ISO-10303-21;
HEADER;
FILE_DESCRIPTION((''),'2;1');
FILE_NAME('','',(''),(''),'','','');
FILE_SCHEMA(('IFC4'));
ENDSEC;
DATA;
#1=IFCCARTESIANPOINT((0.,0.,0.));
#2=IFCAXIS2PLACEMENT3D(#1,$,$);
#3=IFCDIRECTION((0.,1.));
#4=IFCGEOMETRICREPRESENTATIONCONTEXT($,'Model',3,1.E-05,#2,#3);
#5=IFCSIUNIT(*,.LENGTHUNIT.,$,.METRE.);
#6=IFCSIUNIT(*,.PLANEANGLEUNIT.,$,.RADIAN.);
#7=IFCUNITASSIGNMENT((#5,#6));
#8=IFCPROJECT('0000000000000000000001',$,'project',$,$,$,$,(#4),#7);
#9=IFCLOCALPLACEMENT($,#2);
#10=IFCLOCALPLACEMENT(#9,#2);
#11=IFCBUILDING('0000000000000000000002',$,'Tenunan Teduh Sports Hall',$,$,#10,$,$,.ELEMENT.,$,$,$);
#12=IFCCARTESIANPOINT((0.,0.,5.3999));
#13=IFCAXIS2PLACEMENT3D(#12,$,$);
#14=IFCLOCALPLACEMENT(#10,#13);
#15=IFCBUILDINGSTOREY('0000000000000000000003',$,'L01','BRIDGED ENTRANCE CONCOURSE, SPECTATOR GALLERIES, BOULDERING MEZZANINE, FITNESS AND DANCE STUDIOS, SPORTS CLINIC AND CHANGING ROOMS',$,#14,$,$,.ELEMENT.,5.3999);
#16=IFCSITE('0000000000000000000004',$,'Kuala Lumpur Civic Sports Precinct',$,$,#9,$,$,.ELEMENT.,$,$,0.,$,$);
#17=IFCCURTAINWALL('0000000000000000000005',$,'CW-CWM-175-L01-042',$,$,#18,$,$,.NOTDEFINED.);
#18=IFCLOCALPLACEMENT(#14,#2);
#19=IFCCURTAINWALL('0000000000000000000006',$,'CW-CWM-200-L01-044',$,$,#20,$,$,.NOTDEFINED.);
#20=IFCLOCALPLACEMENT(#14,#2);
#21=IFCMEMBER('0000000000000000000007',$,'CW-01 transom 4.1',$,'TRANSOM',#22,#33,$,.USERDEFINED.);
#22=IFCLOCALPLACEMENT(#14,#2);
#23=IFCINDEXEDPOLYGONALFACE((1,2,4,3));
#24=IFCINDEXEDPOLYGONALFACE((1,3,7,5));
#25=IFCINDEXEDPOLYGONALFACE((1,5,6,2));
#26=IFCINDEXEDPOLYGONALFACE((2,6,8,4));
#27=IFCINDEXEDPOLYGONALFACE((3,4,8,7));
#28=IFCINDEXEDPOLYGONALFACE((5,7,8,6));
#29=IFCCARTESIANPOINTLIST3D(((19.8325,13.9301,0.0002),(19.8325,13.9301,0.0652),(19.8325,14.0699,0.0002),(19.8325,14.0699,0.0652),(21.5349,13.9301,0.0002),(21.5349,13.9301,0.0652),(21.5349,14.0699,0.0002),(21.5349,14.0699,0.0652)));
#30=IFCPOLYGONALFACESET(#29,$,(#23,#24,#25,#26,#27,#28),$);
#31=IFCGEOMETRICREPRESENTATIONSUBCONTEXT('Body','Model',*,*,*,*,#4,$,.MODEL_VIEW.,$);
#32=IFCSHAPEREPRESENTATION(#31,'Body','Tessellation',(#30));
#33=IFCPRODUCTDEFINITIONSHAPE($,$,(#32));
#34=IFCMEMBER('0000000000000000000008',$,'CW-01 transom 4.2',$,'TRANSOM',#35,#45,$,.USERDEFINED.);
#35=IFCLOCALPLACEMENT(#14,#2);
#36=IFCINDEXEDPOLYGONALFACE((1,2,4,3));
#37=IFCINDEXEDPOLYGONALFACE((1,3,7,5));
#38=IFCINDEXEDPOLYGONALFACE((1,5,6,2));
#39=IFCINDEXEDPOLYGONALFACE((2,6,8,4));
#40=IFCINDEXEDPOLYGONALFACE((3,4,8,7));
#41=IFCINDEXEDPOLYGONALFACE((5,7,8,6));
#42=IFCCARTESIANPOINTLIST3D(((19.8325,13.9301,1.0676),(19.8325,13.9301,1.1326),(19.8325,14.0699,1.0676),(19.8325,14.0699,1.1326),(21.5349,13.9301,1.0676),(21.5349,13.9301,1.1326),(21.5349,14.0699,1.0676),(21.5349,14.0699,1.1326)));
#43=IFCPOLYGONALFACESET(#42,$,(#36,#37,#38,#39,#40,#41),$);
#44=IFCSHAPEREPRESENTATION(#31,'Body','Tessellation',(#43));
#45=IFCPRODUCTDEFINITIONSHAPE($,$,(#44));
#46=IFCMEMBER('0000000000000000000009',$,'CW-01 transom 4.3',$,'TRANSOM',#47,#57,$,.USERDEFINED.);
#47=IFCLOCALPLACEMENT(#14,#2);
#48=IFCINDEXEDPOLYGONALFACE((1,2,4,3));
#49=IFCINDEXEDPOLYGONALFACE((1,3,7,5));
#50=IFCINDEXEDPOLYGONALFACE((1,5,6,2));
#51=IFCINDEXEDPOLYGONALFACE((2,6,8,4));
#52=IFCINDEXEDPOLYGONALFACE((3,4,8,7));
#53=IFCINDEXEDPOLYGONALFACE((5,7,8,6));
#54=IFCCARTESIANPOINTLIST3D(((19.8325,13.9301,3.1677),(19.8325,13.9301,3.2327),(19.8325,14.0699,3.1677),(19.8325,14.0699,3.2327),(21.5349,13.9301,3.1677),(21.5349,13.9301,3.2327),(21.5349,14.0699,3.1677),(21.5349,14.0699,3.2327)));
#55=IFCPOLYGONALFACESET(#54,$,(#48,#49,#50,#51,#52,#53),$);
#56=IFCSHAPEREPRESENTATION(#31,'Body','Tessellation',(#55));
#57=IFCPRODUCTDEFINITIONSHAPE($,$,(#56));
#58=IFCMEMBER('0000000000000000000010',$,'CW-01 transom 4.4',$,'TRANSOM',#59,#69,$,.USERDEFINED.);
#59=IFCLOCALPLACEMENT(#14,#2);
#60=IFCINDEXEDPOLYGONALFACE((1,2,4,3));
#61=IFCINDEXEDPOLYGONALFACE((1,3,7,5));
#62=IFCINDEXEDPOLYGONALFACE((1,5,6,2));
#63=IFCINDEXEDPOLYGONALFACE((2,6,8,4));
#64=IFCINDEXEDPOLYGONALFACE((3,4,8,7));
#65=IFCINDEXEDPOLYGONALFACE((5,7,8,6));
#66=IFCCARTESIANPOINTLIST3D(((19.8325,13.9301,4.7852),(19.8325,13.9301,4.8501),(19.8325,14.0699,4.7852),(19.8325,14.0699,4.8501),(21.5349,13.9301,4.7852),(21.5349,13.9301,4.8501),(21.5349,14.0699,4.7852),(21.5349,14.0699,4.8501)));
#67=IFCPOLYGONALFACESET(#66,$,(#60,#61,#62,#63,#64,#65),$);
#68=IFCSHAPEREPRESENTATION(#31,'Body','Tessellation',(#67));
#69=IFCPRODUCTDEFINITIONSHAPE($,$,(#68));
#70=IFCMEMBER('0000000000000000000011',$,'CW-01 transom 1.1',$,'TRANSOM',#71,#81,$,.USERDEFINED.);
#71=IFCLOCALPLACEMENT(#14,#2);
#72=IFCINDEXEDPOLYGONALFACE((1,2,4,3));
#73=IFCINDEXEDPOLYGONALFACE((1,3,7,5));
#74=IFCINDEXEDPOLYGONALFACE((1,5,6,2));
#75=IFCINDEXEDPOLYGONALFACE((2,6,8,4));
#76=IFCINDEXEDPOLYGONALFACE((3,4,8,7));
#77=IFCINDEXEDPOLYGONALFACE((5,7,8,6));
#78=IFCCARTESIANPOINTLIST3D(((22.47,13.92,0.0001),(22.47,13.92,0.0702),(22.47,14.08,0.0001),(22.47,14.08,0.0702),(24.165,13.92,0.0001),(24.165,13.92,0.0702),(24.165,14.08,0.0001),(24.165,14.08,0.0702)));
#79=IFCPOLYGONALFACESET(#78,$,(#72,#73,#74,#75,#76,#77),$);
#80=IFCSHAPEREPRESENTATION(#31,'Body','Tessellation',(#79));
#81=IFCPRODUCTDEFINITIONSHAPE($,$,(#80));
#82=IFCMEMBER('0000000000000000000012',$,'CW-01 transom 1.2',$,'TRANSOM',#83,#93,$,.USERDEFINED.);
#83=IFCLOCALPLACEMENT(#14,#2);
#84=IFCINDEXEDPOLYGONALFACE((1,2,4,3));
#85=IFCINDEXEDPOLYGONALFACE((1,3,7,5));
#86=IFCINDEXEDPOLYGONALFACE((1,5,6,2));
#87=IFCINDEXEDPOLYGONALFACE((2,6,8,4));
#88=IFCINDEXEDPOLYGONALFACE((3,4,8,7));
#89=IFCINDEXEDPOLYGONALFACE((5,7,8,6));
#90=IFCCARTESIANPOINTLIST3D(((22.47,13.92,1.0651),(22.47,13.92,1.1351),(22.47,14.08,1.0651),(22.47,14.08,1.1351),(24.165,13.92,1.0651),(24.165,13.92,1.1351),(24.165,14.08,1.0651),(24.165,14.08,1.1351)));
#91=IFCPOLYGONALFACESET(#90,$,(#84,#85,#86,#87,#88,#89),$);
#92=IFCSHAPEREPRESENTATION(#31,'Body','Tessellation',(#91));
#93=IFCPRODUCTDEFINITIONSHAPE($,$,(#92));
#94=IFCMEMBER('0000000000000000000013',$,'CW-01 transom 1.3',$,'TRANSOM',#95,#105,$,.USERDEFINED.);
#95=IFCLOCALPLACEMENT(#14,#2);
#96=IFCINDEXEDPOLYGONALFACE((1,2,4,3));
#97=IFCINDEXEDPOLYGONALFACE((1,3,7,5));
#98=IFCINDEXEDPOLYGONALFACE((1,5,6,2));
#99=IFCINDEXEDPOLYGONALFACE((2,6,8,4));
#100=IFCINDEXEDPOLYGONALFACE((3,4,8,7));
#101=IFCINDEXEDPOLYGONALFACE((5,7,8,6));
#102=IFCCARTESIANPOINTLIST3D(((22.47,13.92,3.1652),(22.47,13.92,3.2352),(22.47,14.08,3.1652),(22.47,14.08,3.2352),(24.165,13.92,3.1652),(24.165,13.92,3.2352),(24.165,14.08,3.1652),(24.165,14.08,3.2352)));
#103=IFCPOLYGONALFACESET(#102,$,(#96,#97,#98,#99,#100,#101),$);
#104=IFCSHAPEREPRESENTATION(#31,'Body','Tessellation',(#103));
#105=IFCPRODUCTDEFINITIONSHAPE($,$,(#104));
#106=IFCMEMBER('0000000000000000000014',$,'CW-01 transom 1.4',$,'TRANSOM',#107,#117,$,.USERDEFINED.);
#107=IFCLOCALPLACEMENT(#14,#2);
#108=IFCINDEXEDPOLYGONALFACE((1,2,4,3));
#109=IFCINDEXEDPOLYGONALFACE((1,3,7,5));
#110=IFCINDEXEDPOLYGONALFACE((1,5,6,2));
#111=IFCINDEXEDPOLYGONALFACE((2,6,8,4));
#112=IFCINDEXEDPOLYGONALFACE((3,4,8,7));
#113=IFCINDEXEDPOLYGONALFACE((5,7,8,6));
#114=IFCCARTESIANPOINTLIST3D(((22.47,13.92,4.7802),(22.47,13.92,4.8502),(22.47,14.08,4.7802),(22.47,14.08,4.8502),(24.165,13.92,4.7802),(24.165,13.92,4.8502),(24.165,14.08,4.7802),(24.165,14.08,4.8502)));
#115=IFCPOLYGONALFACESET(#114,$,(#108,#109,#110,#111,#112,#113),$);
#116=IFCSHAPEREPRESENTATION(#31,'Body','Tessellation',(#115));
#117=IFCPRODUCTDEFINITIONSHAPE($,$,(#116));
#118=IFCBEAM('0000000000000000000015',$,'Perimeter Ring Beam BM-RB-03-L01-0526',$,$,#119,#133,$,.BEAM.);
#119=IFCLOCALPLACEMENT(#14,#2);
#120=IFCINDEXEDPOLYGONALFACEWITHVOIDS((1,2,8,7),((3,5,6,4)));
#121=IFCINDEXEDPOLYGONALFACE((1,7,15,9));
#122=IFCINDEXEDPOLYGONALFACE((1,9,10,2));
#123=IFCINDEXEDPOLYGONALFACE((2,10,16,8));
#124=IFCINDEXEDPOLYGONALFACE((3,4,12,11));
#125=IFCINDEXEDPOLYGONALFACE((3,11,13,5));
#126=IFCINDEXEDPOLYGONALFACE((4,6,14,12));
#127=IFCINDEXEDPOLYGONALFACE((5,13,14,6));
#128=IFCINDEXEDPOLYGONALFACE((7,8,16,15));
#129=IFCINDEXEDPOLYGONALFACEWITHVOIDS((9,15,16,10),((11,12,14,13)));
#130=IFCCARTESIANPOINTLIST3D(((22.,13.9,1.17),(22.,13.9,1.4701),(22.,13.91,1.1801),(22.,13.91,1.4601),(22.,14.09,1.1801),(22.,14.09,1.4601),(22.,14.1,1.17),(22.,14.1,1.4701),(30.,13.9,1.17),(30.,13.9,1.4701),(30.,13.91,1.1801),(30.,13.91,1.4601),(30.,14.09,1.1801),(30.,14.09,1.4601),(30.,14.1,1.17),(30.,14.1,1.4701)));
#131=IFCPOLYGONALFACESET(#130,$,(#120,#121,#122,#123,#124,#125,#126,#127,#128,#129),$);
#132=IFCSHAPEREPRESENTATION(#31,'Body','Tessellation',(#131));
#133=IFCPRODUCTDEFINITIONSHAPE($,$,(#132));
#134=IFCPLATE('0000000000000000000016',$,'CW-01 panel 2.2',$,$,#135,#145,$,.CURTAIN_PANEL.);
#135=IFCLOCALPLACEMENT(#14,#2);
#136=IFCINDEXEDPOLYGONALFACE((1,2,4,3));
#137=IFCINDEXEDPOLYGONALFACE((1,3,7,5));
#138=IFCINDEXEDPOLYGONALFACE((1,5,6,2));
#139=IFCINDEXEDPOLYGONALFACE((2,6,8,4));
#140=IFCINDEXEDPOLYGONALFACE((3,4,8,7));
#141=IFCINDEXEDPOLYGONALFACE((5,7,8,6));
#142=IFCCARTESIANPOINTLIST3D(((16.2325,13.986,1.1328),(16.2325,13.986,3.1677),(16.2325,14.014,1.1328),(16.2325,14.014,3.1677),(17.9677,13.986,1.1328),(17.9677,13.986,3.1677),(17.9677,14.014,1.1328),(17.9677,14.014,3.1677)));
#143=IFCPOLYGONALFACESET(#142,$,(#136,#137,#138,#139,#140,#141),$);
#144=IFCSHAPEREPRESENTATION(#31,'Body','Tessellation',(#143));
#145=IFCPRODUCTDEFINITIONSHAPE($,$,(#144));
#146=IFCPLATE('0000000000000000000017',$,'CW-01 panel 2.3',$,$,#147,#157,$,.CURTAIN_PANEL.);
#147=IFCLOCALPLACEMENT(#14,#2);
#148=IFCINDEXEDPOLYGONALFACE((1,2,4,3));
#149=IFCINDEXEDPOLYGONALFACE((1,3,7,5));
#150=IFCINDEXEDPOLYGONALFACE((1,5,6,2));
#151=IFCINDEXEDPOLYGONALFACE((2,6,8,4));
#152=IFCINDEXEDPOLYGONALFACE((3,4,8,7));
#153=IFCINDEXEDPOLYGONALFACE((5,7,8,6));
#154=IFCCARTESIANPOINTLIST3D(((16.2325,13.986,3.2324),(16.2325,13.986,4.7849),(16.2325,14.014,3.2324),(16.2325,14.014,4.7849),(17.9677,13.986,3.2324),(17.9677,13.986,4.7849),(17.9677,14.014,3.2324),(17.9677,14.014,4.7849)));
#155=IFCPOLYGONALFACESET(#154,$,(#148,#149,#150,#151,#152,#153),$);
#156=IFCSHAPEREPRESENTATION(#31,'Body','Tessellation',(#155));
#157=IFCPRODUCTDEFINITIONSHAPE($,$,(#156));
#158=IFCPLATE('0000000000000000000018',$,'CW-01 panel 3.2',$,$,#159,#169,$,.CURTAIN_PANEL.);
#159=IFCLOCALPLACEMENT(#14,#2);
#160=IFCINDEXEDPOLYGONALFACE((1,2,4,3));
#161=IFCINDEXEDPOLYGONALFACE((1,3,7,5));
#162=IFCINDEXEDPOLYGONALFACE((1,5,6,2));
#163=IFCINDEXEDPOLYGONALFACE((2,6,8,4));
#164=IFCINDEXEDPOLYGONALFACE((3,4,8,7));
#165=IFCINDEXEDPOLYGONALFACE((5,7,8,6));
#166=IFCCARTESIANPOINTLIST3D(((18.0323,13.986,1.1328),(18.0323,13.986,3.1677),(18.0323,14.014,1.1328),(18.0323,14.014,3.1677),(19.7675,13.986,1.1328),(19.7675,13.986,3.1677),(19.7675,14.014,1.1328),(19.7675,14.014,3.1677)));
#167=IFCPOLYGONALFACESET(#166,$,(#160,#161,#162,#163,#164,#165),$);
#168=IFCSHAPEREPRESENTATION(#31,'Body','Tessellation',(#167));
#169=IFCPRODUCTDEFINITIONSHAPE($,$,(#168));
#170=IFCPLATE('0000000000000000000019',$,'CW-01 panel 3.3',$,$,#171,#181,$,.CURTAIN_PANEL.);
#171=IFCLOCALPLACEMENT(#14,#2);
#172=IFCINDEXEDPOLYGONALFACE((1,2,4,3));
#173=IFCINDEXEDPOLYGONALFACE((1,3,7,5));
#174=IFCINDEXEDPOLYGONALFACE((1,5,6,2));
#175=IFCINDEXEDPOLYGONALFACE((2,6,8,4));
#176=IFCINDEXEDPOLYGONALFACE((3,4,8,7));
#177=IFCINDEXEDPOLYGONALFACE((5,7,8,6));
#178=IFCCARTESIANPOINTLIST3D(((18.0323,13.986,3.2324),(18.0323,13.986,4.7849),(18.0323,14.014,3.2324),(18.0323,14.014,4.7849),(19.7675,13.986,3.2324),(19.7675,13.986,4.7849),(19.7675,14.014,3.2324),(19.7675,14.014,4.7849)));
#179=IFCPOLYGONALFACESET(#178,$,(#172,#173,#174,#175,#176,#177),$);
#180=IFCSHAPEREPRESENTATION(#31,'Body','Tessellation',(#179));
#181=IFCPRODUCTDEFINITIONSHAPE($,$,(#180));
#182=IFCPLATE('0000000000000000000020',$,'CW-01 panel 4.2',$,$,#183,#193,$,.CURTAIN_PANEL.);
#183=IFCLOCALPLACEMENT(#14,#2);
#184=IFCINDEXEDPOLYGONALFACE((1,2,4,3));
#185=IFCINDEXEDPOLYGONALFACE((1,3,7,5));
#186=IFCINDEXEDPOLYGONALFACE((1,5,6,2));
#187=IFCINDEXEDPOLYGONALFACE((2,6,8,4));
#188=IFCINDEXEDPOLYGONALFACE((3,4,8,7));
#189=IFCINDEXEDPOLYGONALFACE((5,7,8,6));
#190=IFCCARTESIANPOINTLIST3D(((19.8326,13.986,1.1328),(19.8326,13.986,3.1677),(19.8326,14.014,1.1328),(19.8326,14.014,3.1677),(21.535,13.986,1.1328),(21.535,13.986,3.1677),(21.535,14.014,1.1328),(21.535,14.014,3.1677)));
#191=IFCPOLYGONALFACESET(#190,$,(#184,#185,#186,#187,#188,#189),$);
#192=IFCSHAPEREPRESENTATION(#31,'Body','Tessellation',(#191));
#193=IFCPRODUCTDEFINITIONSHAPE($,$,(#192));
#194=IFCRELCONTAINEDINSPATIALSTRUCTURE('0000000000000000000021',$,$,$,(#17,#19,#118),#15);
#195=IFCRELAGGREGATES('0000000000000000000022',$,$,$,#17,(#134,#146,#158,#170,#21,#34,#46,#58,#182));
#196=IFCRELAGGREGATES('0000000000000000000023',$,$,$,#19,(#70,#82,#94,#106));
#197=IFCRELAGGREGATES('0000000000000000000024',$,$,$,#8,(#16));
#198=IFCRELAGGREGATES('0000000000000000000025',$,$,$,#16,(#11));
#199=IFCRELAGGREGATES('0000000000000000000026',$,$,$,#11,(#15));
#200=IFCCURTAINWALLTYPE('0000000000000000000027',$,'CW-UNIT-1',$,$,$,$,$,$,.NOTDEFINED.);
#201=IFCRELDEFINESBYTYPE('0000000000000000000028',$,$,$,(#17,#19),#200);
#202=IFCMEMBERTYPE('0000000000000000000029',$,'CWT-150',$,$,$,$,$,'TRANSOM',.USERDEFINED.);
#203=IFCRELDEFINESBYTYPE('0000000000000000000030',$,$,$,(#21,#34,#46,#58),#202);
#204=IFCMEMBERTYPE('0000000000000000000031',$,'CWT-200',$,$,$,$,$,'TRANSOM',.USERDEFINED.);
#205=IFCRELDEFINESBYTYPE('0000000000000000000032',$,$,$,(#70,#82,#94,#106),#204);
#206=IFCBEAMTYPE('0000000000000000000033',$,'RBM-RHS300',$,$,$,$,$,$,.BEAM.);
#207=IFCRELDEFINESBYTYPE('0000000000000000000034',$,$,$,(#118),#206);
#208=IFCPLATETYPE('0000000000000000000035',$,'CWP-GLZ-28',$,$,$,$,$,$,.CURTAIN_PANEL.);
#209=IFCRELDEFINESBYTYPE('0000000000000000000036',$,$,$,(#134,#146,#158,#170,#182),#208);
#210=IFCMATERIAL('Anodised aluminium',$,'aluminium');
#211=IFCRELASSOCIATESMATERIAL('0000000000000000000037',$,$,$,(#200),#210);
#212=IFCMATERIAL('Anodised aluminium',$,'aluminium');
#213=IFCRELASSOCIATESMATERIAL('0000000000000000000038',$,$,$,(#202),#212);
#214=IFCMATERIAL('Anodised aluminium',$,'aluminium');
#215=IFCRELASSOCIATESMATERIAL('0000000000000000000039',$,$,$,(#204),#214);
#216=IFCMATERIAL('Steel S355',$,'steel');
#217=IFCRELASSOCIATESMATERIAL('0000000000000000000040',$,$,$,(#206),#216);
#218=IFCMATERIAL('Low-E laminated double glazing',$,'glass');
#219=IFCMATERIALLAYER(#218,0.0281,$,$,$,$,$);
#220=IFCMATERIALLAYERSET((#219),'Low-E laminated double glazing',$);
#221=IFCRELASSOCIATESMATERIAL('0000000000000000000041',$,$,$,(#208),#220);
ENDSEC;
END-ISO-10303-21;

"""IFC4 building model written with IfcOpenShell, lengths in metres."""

from ifc_helpers import new_model, si_unit, direction, frame, origin, origin_2d, place, context, subcontext, project, spatial, rectangle, hollow_rectangle, extrude, material, layer, layer_set, material_profile, profile_set, type_object, element, aggregate, save


model = new_model("IFC4")

# Units and contexts
model_context = context("Model", 3, precision=1e-05, world=origin(), true_north=direction((0.0, 1.0)))
body_context = subcontext(model_context, "Body", "Model", "MODEL_VIEW")
ifc_project = project(units=[si_unit("LENGTHUNIT", "METRE"), si_unit("PLANEANGLEUNIT", "RADIAN")], contexts=[model_context])

# Site, building, storey
site_placement = place(None, origin())
site = spatial("IfcSite", under=ifc_project, at=site_placement, Name="Kuala Lumpur Civic Sports Precinct", CompositionType="ELEMENT", RefElevation=0.0)
building_placement = place(site_placement, origin())
building = spatial("IfcBuilding", under=site, at=building_placement, Name="Tenunan Teduh Sports Hall", CompositionType="ELEMENT")
storey_placement = place(building_placement, frame((0.0, 0.0, 5.3999)))
storey = spatial("IfcBuildingStorey", under=building, at=storey_placement, Name="L01", Description="BRIDGED ENTRANCE CONCOURSE, SPECTATOR GALLERIES, BOULDERING MEZZANINE, FITNESS AND DANCE STUDIOS, SPORTS CLINIC AND CHANGING ROOMS", CompositionType="ELEMENT", Elevation=5.3999)

# Curtain wall
ifc_material_1 = material(Name="Anodised aluminium", Category="aluminium")
curtain_wall_type = type_object("IfcCurtainWallType", Name="CW-UNIT-1", PredefinedType="NOTDEFINED", material=ifc_material_1)
curtain_wall_1_placement = place(storey_placement, origin())
curtain_wall_1 = element("IfcCurtainWall", 1, at=curtain_wall_1_placement, inside=storey, type_object=curtain_wall_type, Name="CW-CWM-175-L01-042", PredefinedType="NOTDEFINED")

# Curtain wall
curtain_wall_2_placement = place(storey_placement, origin())
curtain_wall_2 = element("IfcCurtainWall", 2, at=curtain_wall_2_placement, inside=storey, type_object=curtain_wall_type, Name="CW-CWM-200-L01-044", PredefinedType="NOTDEFINED")

# Members
ifc_material_2 = material(Name="Anodised aluminium", Category="aluminium")
ifc_material_profile_1 = material_profile(ifc_material_2, rectangle(XDim=0.0649, YDim=0.1399, at=origin_2d()), Name="CWT 65x140")
ifc_profile_set_1 = profile_set([ifc_material_profile_1], Name="Anodised aluminium")
member_type_1 = type_object("IfcMemberType", Name="CWT-150", ElementType="TRANSOM", PredefinedType="USERDEFINED", material=ifc_profile_set_1)
member_1_placement = place(storey_placement, frame((19.8325, 14.0, 0.0327), z_axis=(1.0, 0.0, 0.0), x_axis=(0.0, 0.0, 1.0)))
member_1 = element("IfcMember", 3, at=member_1_placement, type_object=member_type_1, Name="CW-01 transom 4.1", ObjectType="TRANSOM", PredefinedType="USERDEFINED", context=body_context, shape_type="SweptSolid", body=[
    extrude(rectangle(XDim=0.0649, YDim=0.1399, at=origin_2d()), origin(), (0.0, 0.0, 1.0), 1.7024),
])
member_2_placement = place(storey_placement, frame((19.8325, 14.0, 1.1001), z_axis=(1.0, 0.0, 0.0), x_axis=(0.0, 0.0, 1.0)))
member_2 = element("IfcMember", 4, at=member_2_placement, type_object=member_type_1, Name="CW-01 transom 4.2", ObjectType="TRANSOM", PredefinedType="USERDEFINED", context=body_context, shape_type="SweptSolid", body=[
    extrude(rectangle(XDim=0.0649, YDim=0.1399, at=origin_2d()), origin(), (0.0, 0.0, 1.0), 1.7024),
])
member_3_placement = place(storey_placement, frame((19.8325, 14.0, 3.2002), z_axis=(1.0, 0.0, 0.0), x_axis=(0.0, 0.0, 1.0)))
member_3 = element("IfcMember", 5, at=member_3_placement, type_object=member_type_1, Name="CW-01 transom 4.3", ObjectType="TRANSOM", PredefinedType="USERDEFINED", context=body_context, shape_type="SweptSolid", body=[
    extrude(rectangle(XDim=0.0649, YDim=0.1399, at=origin_2d()), origin(), (0.0, 0.0, 1.0), 1.7024),
])
member_4_placement = place(storey_placement, frame((19.8325, 14.0, 4.8176), z_axis=(1.0, 0.0, 0.0), x_axis=(0.0, 0.0, 1.0)))
member_4 = element("IfcMember", 6, at=member_4_placement, type_object=member_type_1, Name="CW-01 transom 4.4", ObjectType="TRANSOM", PredefinedType="USERDEFINED", context=body_context, shape_type="SweptSolid", body=[
    extrude(rectangle(XDim=0.0649, YDim=0.1399, at=origin_2d()), origin(), (0.0, 0.0, 1.0), 1.7024),
])
ifc_material_3 = material(Name="Anodised aluminium", Category="aluminium")
ifc_material_profile_2 = material_profile(ifc_material_3, rectangle(XDim=0.0701, YDim=0.1599, at=origin_2d()), Name="CWT 70x160")
ifc_profile_set_2 = profile_set([ifc_material_profile_2], Name="Anodised aluminium")
member_type_2 = type_object("IfcMemberType", Name="CWT-200", ElementType="TRANSOM", PredefinedType="USERDEFINED", material=ifc_profile_set_2)
member_5_placement = place(storey_placement, frame((22.47, 14.0, 0.0352), z_axis=(1.0, 0.0, 0.0), x_axis=(0.0, 0.0, 1.0)))
member_5 = element("IfcMember", 7, at=member_5_placement, type_object=member_type_2, Name="CW-01 transom 1.1", ObjectType="TRANSOM", PredefinedType="USERDEFINED", context=body_context, shape_type="SweptSolid", body=[
    extrude(rectangle(XDim=0.0701, YDim=0.1599, at=origin_2d()), origin(), (0.0, 0.0, 1.0), 1.6951),
])
member_6_placement = place(storey_placement, frame((22.47, 14.0, 1.1001), z_axis=(1.0, 0.0, 0.0), x_axis=(0.0, 0.0, 1.0)))
member_6 = element("IfcMember", 8, at=member_6_placement, type_object=member_type_2, Name="CW-01 transom 1.2", ObjectType="TRANSOM", PredefinedType="USERDEFINED", context=body_context, shape_type="SweptSolid", body=[
    extrude(rectangle(XDim=0.0701, YDim=0.1599, at=origin_2d()), origin(), (0.0, 0.0, 1.0), 1.6951),
])
member_7_placement = place(storey_placement, frame((22.47, 14.0, 3.2002), z_axis=(1.0, 0.0, 0.0), x_axis=(0.0, 0.0, 1.0)))
member_7 = element("IfcMember", 9, at=member_7_placement, type_object=member_type_2, Name="CW-01 transom 1.3", ObjectType="TRANSOM", PredefinedType="USERDEFINED", context=body_context, shape_type="SweptSolid", body=[
    extrude(rectangle(XDim=0.0701, YDim=0.1599, at=origin_2d()), origin(), (0.0, 0.0, 1.0), 1.6951),
])
member_8_placement = place(storey_placement, frame((22.47, 14.0, 4.8152), z_axis=(1.0, 0.0, 0.0), x_axis=(0.0, 0.0, 1.0)))
member_8 = element("IfcMember", 10, at=member_8_placement, type_object=member_type_2, Name="CW-01 transom 1.4", ObjectType="TRANSOM", PredefinedType="USERDEFINED", context=body_context, shape_type="SweptSolid", body=[
    extrude(rectangle(XDim=0.0701, YDim=0.1599, at=origin_2d()), origin(), (0.0, 0.0, 1.0), 1.6951),
])

# Beam
ifc_material_4 = material(Name="Steel S355", Category="steel")
ifc_material_profile_3 = material_profile(ifc_material_4, hollow_rectangle(XDim=0.2, YDim=0.3, WallThickness=0.01, at=origin_2d()), Name="RHS 300x200x10.0")
ifc_profile_set_3 = profile_set([ifc_material_profile_3], Name="Steel S355")
beam_type = type_object("IfcBeamType", Name="RBM-RHS300", PredefinedType="BEAM", material=ifc_profile_set_3)
beam_placement = place(storey_placement, frame((22.0, 14.0, 1.3201), z_axis=(1.0, 0.0, 0.0), x_axis=(0.0, 1.0, 0.0)))
element("IfcBeam", 11, at=beam_placement, inside=storey, type_object=beam_type, Name="Perimeter Ring Beam BM-RB-03-L01-0526", PredefinedType="BEAM", context=body_context, shape_type="SweptSolid", body=[
    extrude(hollow_rectangle(XDim=0.2, YDim=0.3, WallThickness=0.01, at=origin_2d()), origin(), (0.0, 0.0, 1.0), 8.0),
])

# Plates
ifc_material_5 = material(Name="Low-E laminated double glazing", Category="glass")
ifc_layer_1 = layer(ifc_material_5, 0.0281)
ifc_layer_set_1 = layer_set([ifc_layer_1], Name="Low-E laminated double glazing")
plate_type_1 = type_object("IfcPlateType", Name="CWP-GLZ-28", PredefinedType="CURTAIN_PANEL", material=ifc_layer_set_1)
plate_1_placement = place(storey_placement, frame((17.1001, 14.0, 1.1328), z_axis=(0.0, 0.0, 1.0), x_axis=(1.0, 0.0, 0.0)))
plate_1 = element("IfcPlate", 12, at=plate_1_placement, type_object=plate_type_1, Name="CW-01 panel 2.2", PredefinedType="CURTAIN_PANEL", context=body_context, shape_type="SweptSolid", body=[
    extrude(rectangle(XDim=1.7351, YDim=0.0281, at=origin_2d()), origin(), (0.0, 0.0, 1.0), 2.0349),
])
plate_2_placement = place(storey_placement, frame((17.1001, 14.0, 3.2324), z_axis=(0.0, 0.0, 1.0), x_axis=(1.0, 0.0, 0.0)))
plate_2 = element("IfcPlate", 13, at=plate_2_placement, type_object=plate_type_1, Name="CW-01 panel 2.3", PredefinedType="CURTAIN_PANEL", context=body_context, shape_type="SweptSolid", body=[
    extrude(rectangle(XDim=1.7351, YDim=0.0281, at=origin_2d()), origin(), (0.0, 0.0, 1.0), 1.5525),
])
plate_3_placement = place(storey_placement, frame((18.8999, 14.0, 1.1328), z_axis=(0.0, 0.0, 1.0), x_axis=(1.0, 0.0, 0.0)))
plate_3 = element("IfcPlate", 14, at=plate_3_placement, type_object=plate_type_1, Name="CW-01 panel 3.2", PredefinedType="CURTAIN_PANEL", context=body_context, shape_type="SweptSolid", body=[
    extrude(rectangle(XDim=1.7351, YDim=0.0281, at=origin_2d()), origin(), (0.0, 0.0, 1.0), 2.0349),
])
plate_4_placement = place(storey_placement, frame((18.8999, 14.0, 3.2324), z_axis=(0.0, 0.0, 1.0), x_axis=(1.0, 0.0, 0.0)))
plate_4 = element("IfcPlate", 15, at=plate_4_placement, type_object=plate_type_1, Name="CW-01 panel 3.3", PredefinedType="CURTAIN_PANEL", context=body_context, shape_type="SweptSolid", body=[
    extrude(rectangle(XDim=1.7351, YDim=0.0281, at=origin_2d()), origin(), (0.0, 0.0, 1.0), 1.5525),
])
plate_5_placement = place(storey_placement, frame((20.6838, 14.0, 1.1328), z_axis=(0.0, 0.0, 1.0), x_axis=(1.0, 0.0, 0.0)))
plate_5 = element("IfcPlate", 16, at=plate_5_placement, type_object=plate_type_1, Name="CW-01 panel 4.2", PredefinedType="CURTAIN_PANEL", context=body_context, shape_type="SweptSolid", body=[
    extrude(rectangle(XDim=1.7024, YDim=0.0281, at=origin_2d()), origin(), (0.0, 0.0, 1.0), 2.0349),
])
aggregate(curtain_wall_1, [plate_1, plate_2, plate_3, plate_4, member_1, member_2, member_3, member_4, plate_5])
aggregate(curtain_wall_2, [member_5, member_6, member_7, member_8])

save(model, "model.ifc")
